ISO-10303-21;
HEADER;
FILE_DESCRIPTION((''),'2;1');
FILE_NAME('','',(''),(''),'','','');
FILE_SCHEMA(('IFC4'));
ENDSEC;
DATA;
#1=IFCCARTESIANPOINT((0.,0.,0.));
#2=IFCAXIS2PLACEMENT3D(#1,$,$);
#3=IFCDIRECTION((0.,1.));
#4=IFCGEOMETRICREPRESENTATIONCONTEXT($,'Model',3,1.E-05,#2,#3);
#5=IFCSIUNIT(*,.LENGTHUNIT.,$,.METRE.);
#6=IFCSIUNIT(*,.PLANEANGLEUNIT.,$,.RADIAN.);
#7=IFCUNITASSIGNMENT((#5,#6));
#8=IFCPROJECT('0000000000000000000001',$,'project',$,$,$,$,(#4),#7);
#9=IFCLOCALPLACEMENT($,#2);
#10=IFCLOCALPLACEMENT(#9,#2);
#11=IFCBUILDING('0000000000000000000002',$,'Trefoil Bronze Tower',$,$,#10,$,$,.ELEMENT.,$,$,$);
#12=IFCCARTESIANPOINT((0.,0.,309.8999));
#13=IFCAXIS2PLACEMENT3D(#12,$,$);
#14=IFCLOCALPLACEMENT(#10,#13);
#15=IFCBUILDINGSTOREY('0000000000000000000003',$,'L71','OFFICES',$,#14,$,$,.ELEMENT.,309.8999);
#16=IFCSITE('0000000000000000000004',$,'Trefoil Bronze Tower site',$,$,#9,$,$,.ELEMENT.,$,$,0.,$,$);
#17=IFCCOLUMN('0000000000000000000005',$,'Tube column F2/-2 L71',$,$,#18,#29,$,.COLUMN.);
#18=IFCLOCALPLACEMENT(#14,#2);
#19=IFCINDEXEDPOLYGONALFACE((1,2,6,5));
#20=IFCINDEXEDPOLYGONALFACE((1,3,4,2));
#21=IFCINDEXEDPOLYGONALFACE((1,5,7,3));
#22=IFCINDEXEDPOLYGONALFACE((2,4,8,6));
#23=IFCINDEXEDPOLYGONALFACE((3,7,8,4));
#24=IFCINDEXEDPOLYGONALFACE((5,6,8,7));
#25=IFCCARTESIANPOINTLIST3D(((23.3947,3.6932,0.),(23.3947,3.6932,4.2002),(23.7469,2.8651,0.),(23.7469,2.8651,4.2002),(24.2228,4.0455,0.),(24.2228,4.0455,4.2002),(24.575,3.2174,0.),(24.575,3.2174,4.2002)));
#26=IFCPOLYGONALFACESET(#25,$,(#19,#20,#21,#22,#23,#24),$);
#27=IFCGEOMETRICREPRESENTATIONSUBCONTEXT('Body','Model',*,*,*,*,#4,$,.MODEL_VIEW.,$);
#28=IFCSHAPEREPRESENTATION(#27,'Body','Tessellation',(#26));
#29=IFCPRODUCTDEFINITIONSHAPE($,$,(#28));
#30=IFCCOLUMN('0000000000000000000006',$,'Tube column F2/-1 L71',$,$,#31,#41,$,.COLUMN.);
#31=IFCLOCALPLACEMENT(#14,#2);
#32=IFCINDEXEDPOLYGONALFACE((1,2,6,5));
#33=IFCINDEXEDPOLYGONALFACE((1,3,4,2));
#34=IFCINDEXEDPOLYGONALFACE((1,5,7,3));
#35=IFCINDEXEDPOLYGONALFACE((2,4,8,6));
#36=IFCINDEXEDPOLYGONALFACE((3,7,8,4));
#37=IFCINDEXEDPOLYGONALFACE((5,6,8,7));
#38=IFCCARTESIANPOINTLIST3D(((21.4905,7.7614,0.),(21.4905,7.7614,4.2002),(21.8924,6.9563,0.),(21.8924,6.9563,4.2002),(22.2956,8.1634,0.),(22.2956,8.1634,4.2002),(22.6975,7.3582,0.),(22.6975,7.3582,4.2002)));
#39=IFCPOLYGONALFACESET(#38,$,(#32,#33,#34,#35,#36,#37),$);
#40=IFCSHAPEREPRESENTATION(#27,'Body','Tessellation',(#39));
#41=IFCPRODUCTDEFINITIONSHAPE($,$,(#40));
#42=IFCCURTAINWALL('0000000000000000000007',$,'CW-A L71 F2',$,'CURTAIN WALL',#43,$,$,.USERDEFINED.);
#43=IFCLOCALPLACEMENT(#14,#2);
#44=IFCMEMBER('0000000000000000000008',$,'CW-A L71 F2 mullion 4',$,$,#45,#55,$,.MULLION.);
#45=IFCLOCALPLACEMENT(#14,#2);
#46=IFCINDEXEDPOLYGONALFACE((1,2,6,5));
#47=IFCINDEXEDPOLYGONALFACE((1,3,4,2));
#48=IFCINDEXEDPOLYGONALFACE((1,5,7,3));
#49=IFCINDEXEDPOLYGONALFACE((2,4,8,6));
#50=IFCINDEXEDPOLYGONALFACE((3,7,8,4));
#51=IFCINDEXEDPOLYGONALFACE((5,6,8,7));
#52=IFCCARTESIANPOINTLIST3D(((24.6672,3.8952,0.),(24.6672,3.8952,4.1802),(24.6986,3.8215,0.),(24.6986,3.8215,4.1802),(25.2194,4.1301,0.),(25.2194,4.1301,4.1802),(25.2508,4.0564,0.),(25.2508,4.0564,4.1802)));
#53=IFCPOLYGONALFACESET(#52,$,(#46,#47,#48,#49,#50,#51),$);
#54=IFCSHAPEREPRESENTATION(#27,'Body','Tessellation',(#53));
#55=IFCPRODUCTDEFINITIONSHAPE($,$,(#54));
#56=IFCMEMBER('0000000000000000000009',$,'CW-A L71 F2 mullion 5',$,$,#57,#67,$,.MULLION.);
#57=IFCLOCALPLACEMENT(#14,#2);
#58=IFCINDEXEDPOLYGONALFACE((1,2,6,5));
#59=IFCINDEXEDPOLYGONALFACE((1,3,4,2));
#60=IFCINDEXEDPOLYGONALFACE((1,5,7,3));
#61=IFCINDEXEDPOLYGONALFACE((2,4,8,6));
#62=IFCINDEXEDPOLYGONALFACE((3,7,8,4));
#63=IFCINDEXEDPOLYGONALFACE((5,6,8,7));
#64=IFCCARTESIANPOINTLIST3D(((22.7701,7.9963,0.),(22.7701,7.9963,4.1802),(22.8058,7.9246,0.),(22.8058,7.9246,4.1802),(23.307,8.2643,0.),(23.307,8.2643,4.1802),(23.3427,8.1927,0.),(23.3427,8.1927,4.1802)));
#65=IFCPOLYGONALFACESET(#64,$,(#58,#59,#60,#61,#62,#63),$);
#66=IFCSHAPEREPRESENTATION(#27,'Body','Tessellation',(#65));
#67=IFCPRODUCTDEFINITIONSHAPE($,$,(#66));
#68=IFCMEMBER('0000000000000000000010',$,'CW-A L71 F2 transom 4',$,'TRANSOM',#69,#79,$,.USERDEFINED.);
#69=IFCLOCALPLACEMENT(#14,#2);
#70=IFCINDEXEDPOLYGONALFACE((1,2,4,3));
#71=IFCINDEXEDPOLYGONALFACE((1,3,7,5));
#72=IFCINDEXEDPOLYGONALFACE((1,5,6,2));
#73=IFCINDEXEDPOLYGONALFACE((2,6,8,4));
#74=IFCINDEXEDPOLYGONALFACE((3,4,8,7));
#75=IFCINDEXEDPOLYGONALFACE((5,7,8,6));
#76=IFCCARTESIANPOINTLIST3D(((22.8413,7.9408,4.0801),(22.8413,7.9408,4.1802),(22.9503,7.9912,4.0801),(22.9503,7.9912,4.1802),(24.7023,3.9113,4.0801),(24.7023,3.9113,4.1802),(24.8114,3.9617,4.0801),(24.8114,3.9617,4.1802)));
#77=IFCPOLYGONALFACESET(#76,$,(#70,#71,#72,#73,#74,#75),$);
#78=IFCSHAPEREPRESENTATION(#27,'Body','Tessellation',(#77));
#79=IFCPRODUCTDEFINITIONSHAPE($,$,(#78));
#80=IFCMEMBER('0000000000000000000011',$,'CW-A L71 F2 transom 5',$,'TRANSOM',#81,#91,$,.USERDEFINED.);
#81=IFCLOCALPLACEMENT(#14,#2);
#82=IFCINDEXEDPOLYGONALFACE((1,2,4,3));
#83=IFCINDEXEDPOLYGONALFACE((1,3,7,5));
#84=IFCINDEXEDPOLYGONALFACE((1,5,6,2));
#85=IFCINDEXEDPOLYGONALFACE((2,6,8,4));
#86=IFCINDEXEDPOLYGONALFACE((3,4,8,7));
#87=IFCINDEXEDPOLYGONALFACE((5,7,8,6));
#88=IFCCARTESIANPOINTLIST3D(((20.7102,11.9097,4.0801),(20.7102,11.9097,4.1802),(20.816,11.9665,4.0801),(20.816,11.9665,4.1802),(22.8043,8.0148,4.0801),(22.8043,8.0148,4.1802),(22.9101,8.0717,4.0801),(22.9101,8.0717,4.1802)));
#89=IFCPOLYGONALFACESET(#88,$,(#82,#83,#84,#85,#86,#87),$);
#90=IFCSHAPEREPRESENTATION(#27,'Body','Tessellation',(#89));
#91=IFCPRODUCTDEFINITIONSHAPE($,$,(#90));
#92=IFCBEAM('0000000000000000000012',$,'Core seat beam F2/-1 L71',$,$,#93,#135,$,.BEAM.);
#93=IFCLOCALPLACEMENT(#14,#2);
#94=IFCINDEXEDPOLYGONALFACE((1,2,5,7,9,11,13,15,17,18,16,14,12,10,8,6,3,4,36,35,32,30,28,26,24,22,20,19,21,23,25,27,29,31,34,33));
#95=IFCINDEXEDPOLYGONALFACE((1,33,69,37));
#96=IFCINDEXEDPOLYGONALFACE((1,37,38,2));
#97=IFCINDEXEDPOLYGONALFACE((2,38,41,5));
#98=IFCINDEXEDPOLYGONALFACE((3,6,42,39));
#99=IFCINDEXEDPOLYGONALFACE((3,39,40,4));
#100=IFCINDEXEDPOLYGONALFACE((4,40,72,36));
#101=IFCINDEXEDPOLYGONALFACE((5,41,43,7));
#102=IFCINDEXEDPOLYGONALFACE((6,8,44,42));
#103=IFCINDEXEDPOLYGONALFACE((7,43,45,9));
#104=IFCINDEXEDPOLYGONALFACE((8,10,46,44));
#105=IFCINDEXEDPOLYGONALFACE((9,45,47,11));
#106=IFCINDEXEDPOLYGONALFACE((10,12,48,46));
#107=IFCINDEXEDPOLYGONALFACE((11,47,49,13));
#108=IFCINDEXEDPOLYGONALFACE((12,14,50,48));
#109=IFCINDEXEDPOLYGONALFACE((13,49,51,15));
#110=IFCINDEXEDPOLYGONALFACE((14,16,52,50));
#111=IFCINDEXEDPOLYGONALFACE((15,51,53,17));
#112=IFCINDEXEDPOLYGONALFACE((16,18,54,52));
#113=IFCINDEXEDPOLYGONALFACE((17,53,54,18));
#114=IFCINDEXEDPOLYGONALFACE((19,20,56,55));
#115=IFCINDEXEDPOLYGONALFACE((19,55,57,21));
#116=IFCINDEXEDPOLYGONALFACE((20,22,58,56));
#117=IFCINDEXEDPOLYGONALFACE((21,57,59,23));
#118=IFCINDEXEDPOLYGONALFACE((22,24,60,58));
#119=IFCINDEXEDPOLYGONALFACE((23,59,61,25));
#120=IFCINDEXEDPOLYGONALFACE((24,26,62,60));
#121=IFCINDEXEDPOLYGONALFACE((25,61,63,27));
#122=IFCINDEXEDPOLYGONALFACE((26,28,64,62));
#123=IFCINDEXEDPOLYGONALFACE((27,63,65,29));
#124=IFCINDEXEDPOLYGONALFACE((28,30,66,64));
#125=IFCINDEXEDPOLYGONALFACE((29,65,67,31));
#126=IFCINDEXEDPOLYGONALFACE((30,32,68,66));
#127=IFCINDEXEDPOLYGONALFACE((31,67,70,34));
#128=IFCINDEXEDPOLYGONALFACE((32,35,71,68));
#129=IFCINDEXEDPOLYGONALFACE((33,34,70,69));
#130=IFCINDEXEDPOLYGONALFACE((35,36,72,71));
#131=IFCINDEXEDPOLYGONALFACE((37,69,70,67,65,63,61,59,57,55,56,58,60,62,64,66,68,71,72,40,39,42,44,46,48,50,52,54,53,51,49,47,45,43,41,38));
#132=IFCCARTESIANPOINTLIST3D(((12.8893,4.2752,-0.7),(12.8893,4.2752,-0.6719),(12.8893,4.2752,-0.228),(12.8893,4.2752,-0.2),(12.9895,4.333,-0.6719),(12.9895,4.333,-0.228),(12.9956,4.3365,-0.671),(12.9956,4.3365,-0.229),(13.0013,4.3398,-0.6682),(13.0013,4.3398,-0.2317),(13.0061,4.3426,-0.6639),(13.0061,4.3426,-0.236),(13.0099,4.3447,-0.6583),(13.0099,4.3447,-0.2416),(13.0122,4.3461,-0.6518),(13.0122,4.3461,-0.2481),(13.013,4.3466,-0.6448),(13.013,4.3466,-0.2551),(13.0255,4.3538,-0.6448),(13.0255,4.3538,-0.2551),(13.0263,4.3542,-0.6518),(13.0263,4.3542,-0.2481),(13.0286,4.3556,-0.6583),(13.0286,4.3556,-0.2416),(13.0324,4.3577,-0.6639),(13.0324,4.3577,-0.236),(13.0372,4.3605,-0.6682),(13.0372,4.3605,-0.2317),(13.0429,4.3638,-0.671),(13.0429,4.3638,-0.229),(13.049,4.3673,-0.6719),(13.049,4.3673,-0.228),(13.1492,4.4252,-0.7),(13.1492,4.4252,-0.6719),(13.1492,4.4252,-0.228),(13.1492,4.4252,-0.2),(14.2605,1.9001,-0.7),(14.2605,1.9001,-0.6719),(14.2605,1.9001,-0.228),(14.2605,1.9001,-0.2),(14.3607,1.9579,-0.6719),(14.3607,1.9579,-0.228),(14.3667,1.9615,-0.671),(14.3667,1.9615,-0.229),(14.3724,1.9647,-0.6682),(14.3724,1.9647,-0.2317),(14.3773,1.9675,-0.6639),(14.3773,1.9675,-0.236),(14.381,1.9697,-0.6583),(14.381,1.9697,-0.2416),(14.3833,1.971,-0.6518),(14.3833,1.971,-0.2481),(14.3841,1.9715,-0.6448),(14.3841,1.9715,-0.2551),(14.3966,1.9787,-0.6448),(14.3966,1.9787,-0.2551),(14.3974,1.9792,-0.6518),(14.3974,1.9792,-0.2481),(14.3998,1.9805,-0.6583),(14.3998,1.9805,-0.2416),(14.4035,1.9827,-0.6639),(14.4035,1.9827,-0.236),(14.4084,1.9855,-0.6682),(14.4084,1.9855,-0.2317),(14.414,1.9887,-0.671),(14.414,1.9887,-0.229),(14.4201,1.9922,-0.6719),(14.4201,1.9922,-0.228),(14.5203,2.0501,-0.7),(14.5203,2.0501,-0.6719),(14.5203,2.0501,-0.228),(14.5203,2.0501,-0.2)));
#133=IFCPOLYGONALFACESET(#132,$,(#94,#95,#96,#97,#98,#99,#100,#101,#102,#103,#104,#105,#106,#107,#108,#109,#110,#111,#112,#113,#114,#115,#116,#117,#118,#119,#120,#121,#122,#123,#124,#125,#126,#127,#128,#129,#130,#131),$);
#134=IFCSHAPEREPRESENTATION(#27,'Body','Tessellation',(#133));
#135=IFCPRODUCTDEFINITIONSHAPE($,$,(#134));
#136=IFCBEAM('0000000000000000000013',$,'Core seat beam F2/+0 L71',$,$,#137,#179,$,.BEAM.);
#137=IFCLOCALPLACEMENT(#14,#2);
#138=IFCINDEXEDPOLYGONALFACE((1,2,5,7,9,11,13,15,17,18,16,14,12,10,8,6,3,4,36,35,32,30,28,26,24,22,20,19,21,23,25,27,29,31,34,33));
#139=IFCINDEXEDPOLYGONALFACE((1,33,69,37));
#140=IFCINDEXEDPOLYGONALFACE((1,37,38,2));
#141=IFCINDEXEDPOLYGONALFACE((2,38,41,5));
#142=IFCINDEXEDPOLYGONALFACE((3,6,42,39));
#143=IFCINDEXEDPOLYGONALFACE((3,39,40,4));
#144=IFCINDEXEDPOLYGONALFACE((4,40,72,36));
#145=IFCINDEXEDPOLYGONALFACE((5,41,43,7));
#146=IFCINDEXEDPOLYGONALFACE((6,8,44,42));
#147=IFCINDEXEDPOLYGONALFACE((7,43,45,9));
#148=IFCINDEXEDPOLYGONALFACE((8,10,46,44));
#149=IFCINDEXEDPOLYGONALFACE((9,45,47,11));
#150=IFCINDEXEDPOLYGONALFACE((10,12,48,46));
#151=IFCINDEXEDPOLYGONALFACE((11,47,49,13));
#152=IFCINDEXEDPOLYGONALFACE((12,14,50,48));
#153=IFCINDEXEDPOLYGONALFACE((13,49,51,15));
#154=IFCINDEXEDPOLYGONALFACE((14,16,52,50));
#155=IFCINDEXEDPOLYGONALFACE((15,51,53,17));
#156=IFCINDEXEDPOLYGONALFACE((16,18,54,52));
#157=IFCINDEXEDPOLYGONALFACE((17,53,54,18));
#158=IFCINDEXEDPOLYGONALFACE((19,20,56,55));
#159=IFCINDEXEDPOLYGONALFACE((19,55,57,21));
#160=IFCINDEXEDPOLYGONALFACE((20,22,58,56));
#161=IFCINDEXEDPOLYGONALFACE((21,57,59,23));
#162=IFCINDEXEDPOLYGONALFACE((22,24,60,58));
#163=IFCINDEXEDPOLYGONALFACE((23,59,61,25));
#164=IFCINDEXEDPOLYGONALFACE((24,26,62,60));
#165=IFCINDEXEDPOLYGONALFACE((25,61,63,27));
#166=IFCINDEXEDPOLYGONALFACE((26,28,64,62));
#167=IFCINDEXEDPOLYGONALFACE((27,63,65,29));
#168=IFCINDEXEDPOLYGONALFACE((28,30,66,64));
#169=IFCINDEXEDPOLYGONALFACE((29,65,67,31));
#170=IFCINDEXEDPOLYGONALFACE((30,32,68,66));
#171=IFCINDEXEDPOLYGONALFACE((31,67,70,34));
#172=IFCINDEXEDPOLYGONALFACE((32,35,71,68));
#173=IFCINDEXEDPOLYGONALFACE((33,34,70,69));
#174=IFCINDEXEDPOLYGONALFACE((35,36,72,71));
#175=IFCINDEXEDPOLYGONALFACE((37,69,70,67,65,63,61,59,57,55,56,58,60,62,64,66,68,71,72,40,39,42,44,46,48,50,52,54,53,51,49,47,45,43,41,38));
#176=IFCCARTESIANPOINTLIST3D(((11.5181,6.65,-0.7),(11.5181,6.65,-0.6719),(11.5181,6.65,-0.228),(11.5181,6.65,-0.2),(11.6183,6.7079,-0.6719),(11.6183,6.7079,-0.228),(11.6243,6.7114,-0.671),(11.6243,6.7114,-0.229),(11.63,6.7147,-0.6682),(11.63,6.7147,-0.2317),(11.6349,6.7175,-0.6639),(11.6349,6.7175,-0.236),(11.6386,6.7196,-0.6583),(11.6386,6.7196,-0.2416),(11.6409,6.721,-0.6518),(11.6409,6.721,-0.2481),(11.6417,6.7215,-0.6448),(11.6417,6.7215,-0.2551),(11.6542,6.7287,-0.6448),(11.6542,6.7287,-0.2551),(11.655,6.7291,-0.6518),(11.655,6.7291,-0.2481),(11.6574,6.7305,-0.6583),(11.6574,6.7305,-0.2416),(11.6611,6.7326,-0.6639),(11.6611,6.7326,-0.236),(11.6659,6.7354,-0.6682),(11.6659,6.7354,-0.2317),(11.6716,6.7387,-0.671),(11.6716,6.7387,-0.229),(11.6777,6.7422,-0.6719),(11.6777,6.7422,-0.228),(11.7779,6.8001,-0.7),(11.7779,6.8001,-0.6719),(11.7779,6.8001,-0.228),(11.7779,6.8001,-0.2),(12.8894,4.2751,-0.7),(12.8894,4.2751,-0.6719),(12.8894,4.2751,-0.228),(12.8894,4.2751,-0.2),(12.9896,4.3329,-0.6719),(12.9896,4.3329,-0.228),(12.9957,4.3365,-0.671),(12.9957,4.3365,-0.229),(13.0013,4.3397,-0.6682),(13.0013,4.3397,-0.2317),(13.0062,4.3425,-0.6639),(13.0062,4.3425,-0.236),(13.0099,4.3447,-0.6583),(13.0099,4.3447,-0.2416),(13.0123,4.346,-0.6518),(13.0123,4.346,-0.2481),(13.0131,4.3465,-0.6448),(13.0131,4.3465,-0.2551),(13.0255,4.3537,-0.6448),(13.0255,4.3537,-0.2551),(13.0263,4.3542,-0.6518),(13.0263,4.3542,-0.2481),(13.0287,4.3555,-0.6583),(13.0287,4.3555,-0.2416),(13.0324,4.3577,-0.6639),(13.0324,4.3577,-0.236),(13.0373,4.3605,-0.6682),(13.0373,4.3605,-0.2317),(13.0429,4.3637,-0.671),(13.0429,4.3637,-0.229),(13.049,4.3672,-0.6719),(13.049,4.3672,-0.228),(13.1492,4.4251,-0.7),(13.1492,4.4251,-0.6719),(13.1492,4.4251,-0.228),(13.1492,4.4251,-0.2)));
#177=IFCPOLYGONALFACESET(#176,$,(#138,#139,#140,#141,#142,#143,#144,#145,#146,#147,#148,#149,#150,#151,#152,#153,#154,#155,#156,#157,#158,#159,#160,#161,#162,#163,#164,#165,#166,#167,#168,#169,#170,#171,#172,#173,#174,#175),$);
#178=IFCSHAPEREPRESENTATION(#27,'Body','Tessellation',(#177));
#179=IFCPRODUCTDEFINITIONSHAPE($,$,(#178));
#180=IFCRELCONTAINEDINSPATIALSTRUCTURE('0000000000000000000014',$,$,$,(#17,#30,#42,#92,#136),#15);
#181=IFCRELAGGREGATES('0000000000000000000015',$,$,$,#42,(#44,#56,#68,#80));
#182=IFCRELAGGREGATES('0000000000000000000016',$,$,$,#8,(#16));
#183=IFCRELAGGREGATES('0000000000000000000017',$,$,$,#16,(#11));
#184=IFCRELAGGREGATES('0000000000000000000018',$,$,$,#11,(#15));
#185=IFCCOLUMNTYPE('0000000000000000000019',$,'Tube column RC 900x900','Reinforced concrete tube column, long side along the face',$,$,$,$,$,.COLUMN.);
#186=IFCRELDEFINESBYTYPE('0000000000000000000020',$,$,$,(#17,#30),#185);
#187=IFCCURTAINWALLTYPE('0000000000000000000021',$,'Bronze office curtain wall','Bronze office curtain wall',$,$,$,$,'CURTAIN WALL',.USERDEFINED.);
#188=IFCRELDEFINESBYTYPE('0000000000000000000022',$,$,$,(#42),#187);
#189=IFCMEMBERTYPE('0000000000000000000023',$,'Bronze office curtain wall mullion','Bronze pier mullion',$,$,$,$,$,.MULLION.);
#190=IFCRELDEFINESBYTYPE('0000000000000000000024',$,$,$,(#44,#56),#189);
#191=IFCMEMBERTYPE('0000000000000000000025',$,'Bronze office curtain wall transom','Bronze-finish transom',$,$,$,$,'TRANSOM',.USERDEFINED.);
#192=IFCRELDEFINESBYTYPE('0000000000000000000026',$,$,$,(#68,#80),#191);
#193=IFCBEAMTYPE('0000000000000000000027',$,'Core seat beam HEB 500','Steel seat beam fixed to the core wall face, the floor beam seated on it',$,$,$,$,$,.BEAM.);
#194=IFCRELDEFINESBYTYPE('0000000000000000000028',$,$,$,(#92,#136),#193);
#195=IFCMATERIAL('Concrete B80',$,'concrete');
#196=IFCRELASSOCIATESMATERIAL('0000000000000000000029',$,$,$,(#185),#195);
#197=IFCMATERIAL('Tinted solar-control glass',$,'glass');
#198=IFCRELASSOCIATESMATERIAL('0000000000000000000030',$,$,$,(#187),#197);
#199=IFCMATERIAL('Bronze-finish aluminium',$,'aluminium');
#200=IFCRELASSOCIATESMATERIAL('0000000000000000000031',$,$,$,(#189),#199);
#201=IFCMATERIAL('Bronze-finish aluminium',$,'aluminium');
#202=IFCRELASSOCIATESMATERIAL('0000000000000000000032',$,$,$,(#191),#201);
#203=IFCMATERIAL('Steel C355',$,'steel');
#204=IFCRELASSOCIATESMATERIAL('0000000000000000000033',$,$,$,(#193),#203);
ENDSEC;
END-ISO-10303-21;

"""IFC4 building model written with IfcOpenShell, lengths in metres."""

from ifc_helpers import new_model, si_unit, direction, frame, origin, origin_2d, place, context, subcontext, project, spatial, rectangle, i_section, extrude, material, material_profile, profile_set, type_object, element, aggregate, save


model = new_model("IFC4")

# Units and contexts
model_context = context("Model", 3, precision=1e-05, world=origin(), true_north=direction((0.0, 1.0)))
body_context = subcontext(model_context, "Body", "Model", "MODEL_VIEW")
ifc_project = project(units=[si_unit("LENGTHUNIT", "METRE"), si_unit("PLANEANGLEUNIT", "RADIAN")], contexts=[model_context])

# Site, building, storey
site_placement = place(None, origin())
site = spatial("IfcSite", under=ifc_project, at=site_placement, Name="Trefoil Bronze Tower site", CompositionType="ELEMENT", RefElevation=0.0)
building_placement = place(site_placement, origin())
building = spatial("IfcBuilding", under=site, at=building_placement, Name="Trefoil Bronze Tower", CompositionType="ELEMENT")
storey_placement = place(building_placement, frame((0.0, 0.0, 309.8999)))
storey = spatial("IfcBuildingStorey", under=building, at=storey_placement, Name="L71", Description="OFFICES", CompositionType="ELEMENT", Elevation=309.8999)

# Columns
ifc_material_1 = material(Name="Concrete B80", Category="concrete")
ifc_material_profile_1 = material_profile(ifc_material_1, rectangle(XDim=0.8999, YDim=0.8999, at=origin_2d()), Name="RC 900x900")
ifc_profile_set_1 = profile_set([ifc_material_profile_1], Name="Concrete B80")
column_type = type_object("IfcColumnType", Name="Tube column RC 900x900", Description="Reinforced concrete tube column, long side along the face", PredefinedType="COLUMN", material=ifc_profile_set_1)
for number, where, z_axis, x_axis, name in (
    (1, (23.9849, 3.4553, 0.0), (0.0, 0.0, 1.0), (-0.391436, 0.920205, 0.0), "Tube column F2/-2 L71"),
    (2, (22.094, 7.5598, 0.0), (0.0, 0.0, 1.0), (-0.446641, 0.894713, 0.0), "Tube column F2/-1 L71"),
):
    element("IfcColumn", number, at=place(storey_placement, frame(where, z_axis=z_axis, x_axis=x_axis)), inside=storey, type_object=column_type, Name=name, PredefinedType="COLUMN", context=body_context, shape_type="SweptSolid", body=[
        extrude(rectangle(XDim=0.8999, YDim=0.8999, at=origin_2d()), origin(), (0.0, 0.0, 1.0), 4.2002),
    ])

# Curtain wall, members
ifc_material_2 = material(Name="Tinted solar-control glass", Category="glass")
curtain_wall_type = type_object("IfcCurtainWallType", Name="Bronze office curtain wall", Description="Bronze office curtain wall", ElementType="CURTAIN WALL", PredefinedType="USERDEFINED", material=ifc_material_2)
curtain_wall_placement = place(storey_placement, origin())
curtain_wall = element("IfcCurtainWall", 3, at=curtain_wall_placement, inside=storey, type_object=curtain_wall_type, Name="CW-A L71 F2", ObjectType="CURTAIN WALL", PredefinedType="USERDEFINED")
ifc_material_3 = material(Name="Bronze-finish aluminium", Category="aluminium")
ifc_material_profile_2 = material_profile(ifc_material_3, rectangle(XDim=0.6001, YDim=0.0801, at=origin_2d()), Name="CW-A mullion")
ifc_profile_set_2 = profile_set([ifc_material_profile_2], Name="Bronze-finish aluminium")
member_type_1 = type_object("IfcMemberType", Name="Bronze office curtain wall mullion", Description="Bronze pier mullion", PredefinedType="MULLION", material=ifc_profile_set_2)
member_1_placement = place(storey_placement, frame((24.959, 3.9758, 0.0), z_axis=(0.0, 0.0, 1.0), x_axis=(-0.920205, -0.391436, 0.0)))
member_1 = element("IfcMember", 4, at=member_1_placement, type_object=member_type_1, Name="CW-A L71 F2 mullion 4", PredefinedType="MULLION", context=body_context, shape_type="SweptSolid", body=[
    extrude(rectangle(XDim=0.6001, YDim=0.0801, at=origin_2d()), origin(), (0.0, 0.0, 1.0), 4.1802),
])
member_2_placement = place(storey_placement, frame((23.0564, 8.0945, 0.0), z_axis=(0.0, 0.0, 1.0), x_axis=(-0.894713, -0.446641, 0.0)))
member_2 = element("IfcMember", 5, at=member_2_placement, type_object=member_type_1, Name="CW-A L71 F2 mullion 5", PredefinedType="MULLION", context=body_context, shape_type="SweptSolid", body=[
    extrude(rectangle(XDim=0.6001, YDim=0.0801, at=origin_2d()), origin(), (0.0, 0.0, 1.0), 4.1802),
])
ifc_material_4 = material(Name="Bronze-finish aluminium", Category="aluminium")
ifc_material_profile_3 = material_profile(ifc_material_4, rectangle(XDim=0.1201, YDim=0.1001, at=origin_2d()), Name="CW-A transom")
ifc_profile_set_3 = profile_set([ifc_material_profile_3], Name="Bronze-finish aluminium")
member_type_2 = type_object("IfcMemberType", Name="Bronze office curtain wall transom", Description="Bronze-finish transom", ElementType="TRANSOM", PredefinedType="USERDEFINED", material=ifc_profile_set_3)
member_3_placement = place(storey_placement, frame((24.7568, 3.9365, 4.1301), z_axis=(-0.419299, 0.907848, 0.0), x_axis=(-0.907848, -0.419299, 0.0)))
member_3 = element("IfcMember", 6, at=member_3_placement, type_object=member_type_2, Name="CW-A L71 F2 transom 4", ObjectType="TRANSOM", PredefinedType="USERDEFINED", context=body_context, shape_type="SweptSolid", body=[
    extrude(rectangle(XDim=0.1201, YDim=0.1001, at=origin_2d()), origin(), (0.0, 0.0, 1.0), 4.4385),
])
member_4_placement = place(storey_placement, frame((22.8572, 8.0432, 4.1301), z_axis=(-0.47354, 0.880772, 0.0), x_axis=(-0.880772, -0.47354, 0.0)))
member_4 = element("IfcMember", 7, at=member_4_placement, type_object=member_type_2, Name="CW-A L71 F2 transom 5", ObjectType="TRANSOM", PredefinedType="USERDEFINED", context=body_context, shape_type="SweptSolid", body=[
    extrude(rectangle(XDim=0.1201, YDim=0.1001, at=origin_2d()), origin(), (0.0, 0.0, 1.0), 4.4221),
])

# Beams
ifc_material_5 = material(Name="Steel C355", Category="steel")
ifc_material_profile_4 = material_profile(ifc_material_5, i_section(OverallWidth=0.3, OverallDepth=0.5, WebThickness=0.0144, FlangeThickness=0.0281, FilletRadius=0.0271, at=origin_2d()), Name="HEB 500")
ifc_profile_set_4 = profile_set([ifc_material_profile_4], Name="Steel C355")
beam_type_1 = type_object("IfcBeamType", Name="Core seat beam HEB 500", Description="Steel seat beam fixed to the core wall face, the floor beam seated on it", PredefinedType="BEAM", material=ifc_profile_set_4)
for number, where, z_axis, x_axis, name in (
    (8, (14.3904, 1.9751, -0.45), (-0.499969, 0.866043, 0.0), (-0.866043, -0.499969, 0.0), "Core seat beam F2/-1 L71"),
    (9, (13.0193, 4.3501, -0.45), (-0.500036, 0.866005, 0.0), (-0.866005, -0.500036, 0.0), "Core seat beam F2/+0 L71"),
):
    element("IfcBeam", number, at=place(storey_placement, frame(where, z_axis=z_axis, x_axis=x_axis)), inside=storey, type_object=beam_type_1, Name=name, PredefinedType="BEAM", context=body_context, shape_type="SweptSolid", body=[
        extrude(i_section(OverallWidth=0.3, OverallDepth=0.5, WebThickness=0.0144, FlangeThickness=0.0281, FilletRadius=0.0271, at=origin_2d()), origin(), (0.0, 0.0, 1.0), 2.7424),
    ])

aggregate(curtain_wall, [member_1, member_2, member_3, member_4])

save(model, "model.ifc")
